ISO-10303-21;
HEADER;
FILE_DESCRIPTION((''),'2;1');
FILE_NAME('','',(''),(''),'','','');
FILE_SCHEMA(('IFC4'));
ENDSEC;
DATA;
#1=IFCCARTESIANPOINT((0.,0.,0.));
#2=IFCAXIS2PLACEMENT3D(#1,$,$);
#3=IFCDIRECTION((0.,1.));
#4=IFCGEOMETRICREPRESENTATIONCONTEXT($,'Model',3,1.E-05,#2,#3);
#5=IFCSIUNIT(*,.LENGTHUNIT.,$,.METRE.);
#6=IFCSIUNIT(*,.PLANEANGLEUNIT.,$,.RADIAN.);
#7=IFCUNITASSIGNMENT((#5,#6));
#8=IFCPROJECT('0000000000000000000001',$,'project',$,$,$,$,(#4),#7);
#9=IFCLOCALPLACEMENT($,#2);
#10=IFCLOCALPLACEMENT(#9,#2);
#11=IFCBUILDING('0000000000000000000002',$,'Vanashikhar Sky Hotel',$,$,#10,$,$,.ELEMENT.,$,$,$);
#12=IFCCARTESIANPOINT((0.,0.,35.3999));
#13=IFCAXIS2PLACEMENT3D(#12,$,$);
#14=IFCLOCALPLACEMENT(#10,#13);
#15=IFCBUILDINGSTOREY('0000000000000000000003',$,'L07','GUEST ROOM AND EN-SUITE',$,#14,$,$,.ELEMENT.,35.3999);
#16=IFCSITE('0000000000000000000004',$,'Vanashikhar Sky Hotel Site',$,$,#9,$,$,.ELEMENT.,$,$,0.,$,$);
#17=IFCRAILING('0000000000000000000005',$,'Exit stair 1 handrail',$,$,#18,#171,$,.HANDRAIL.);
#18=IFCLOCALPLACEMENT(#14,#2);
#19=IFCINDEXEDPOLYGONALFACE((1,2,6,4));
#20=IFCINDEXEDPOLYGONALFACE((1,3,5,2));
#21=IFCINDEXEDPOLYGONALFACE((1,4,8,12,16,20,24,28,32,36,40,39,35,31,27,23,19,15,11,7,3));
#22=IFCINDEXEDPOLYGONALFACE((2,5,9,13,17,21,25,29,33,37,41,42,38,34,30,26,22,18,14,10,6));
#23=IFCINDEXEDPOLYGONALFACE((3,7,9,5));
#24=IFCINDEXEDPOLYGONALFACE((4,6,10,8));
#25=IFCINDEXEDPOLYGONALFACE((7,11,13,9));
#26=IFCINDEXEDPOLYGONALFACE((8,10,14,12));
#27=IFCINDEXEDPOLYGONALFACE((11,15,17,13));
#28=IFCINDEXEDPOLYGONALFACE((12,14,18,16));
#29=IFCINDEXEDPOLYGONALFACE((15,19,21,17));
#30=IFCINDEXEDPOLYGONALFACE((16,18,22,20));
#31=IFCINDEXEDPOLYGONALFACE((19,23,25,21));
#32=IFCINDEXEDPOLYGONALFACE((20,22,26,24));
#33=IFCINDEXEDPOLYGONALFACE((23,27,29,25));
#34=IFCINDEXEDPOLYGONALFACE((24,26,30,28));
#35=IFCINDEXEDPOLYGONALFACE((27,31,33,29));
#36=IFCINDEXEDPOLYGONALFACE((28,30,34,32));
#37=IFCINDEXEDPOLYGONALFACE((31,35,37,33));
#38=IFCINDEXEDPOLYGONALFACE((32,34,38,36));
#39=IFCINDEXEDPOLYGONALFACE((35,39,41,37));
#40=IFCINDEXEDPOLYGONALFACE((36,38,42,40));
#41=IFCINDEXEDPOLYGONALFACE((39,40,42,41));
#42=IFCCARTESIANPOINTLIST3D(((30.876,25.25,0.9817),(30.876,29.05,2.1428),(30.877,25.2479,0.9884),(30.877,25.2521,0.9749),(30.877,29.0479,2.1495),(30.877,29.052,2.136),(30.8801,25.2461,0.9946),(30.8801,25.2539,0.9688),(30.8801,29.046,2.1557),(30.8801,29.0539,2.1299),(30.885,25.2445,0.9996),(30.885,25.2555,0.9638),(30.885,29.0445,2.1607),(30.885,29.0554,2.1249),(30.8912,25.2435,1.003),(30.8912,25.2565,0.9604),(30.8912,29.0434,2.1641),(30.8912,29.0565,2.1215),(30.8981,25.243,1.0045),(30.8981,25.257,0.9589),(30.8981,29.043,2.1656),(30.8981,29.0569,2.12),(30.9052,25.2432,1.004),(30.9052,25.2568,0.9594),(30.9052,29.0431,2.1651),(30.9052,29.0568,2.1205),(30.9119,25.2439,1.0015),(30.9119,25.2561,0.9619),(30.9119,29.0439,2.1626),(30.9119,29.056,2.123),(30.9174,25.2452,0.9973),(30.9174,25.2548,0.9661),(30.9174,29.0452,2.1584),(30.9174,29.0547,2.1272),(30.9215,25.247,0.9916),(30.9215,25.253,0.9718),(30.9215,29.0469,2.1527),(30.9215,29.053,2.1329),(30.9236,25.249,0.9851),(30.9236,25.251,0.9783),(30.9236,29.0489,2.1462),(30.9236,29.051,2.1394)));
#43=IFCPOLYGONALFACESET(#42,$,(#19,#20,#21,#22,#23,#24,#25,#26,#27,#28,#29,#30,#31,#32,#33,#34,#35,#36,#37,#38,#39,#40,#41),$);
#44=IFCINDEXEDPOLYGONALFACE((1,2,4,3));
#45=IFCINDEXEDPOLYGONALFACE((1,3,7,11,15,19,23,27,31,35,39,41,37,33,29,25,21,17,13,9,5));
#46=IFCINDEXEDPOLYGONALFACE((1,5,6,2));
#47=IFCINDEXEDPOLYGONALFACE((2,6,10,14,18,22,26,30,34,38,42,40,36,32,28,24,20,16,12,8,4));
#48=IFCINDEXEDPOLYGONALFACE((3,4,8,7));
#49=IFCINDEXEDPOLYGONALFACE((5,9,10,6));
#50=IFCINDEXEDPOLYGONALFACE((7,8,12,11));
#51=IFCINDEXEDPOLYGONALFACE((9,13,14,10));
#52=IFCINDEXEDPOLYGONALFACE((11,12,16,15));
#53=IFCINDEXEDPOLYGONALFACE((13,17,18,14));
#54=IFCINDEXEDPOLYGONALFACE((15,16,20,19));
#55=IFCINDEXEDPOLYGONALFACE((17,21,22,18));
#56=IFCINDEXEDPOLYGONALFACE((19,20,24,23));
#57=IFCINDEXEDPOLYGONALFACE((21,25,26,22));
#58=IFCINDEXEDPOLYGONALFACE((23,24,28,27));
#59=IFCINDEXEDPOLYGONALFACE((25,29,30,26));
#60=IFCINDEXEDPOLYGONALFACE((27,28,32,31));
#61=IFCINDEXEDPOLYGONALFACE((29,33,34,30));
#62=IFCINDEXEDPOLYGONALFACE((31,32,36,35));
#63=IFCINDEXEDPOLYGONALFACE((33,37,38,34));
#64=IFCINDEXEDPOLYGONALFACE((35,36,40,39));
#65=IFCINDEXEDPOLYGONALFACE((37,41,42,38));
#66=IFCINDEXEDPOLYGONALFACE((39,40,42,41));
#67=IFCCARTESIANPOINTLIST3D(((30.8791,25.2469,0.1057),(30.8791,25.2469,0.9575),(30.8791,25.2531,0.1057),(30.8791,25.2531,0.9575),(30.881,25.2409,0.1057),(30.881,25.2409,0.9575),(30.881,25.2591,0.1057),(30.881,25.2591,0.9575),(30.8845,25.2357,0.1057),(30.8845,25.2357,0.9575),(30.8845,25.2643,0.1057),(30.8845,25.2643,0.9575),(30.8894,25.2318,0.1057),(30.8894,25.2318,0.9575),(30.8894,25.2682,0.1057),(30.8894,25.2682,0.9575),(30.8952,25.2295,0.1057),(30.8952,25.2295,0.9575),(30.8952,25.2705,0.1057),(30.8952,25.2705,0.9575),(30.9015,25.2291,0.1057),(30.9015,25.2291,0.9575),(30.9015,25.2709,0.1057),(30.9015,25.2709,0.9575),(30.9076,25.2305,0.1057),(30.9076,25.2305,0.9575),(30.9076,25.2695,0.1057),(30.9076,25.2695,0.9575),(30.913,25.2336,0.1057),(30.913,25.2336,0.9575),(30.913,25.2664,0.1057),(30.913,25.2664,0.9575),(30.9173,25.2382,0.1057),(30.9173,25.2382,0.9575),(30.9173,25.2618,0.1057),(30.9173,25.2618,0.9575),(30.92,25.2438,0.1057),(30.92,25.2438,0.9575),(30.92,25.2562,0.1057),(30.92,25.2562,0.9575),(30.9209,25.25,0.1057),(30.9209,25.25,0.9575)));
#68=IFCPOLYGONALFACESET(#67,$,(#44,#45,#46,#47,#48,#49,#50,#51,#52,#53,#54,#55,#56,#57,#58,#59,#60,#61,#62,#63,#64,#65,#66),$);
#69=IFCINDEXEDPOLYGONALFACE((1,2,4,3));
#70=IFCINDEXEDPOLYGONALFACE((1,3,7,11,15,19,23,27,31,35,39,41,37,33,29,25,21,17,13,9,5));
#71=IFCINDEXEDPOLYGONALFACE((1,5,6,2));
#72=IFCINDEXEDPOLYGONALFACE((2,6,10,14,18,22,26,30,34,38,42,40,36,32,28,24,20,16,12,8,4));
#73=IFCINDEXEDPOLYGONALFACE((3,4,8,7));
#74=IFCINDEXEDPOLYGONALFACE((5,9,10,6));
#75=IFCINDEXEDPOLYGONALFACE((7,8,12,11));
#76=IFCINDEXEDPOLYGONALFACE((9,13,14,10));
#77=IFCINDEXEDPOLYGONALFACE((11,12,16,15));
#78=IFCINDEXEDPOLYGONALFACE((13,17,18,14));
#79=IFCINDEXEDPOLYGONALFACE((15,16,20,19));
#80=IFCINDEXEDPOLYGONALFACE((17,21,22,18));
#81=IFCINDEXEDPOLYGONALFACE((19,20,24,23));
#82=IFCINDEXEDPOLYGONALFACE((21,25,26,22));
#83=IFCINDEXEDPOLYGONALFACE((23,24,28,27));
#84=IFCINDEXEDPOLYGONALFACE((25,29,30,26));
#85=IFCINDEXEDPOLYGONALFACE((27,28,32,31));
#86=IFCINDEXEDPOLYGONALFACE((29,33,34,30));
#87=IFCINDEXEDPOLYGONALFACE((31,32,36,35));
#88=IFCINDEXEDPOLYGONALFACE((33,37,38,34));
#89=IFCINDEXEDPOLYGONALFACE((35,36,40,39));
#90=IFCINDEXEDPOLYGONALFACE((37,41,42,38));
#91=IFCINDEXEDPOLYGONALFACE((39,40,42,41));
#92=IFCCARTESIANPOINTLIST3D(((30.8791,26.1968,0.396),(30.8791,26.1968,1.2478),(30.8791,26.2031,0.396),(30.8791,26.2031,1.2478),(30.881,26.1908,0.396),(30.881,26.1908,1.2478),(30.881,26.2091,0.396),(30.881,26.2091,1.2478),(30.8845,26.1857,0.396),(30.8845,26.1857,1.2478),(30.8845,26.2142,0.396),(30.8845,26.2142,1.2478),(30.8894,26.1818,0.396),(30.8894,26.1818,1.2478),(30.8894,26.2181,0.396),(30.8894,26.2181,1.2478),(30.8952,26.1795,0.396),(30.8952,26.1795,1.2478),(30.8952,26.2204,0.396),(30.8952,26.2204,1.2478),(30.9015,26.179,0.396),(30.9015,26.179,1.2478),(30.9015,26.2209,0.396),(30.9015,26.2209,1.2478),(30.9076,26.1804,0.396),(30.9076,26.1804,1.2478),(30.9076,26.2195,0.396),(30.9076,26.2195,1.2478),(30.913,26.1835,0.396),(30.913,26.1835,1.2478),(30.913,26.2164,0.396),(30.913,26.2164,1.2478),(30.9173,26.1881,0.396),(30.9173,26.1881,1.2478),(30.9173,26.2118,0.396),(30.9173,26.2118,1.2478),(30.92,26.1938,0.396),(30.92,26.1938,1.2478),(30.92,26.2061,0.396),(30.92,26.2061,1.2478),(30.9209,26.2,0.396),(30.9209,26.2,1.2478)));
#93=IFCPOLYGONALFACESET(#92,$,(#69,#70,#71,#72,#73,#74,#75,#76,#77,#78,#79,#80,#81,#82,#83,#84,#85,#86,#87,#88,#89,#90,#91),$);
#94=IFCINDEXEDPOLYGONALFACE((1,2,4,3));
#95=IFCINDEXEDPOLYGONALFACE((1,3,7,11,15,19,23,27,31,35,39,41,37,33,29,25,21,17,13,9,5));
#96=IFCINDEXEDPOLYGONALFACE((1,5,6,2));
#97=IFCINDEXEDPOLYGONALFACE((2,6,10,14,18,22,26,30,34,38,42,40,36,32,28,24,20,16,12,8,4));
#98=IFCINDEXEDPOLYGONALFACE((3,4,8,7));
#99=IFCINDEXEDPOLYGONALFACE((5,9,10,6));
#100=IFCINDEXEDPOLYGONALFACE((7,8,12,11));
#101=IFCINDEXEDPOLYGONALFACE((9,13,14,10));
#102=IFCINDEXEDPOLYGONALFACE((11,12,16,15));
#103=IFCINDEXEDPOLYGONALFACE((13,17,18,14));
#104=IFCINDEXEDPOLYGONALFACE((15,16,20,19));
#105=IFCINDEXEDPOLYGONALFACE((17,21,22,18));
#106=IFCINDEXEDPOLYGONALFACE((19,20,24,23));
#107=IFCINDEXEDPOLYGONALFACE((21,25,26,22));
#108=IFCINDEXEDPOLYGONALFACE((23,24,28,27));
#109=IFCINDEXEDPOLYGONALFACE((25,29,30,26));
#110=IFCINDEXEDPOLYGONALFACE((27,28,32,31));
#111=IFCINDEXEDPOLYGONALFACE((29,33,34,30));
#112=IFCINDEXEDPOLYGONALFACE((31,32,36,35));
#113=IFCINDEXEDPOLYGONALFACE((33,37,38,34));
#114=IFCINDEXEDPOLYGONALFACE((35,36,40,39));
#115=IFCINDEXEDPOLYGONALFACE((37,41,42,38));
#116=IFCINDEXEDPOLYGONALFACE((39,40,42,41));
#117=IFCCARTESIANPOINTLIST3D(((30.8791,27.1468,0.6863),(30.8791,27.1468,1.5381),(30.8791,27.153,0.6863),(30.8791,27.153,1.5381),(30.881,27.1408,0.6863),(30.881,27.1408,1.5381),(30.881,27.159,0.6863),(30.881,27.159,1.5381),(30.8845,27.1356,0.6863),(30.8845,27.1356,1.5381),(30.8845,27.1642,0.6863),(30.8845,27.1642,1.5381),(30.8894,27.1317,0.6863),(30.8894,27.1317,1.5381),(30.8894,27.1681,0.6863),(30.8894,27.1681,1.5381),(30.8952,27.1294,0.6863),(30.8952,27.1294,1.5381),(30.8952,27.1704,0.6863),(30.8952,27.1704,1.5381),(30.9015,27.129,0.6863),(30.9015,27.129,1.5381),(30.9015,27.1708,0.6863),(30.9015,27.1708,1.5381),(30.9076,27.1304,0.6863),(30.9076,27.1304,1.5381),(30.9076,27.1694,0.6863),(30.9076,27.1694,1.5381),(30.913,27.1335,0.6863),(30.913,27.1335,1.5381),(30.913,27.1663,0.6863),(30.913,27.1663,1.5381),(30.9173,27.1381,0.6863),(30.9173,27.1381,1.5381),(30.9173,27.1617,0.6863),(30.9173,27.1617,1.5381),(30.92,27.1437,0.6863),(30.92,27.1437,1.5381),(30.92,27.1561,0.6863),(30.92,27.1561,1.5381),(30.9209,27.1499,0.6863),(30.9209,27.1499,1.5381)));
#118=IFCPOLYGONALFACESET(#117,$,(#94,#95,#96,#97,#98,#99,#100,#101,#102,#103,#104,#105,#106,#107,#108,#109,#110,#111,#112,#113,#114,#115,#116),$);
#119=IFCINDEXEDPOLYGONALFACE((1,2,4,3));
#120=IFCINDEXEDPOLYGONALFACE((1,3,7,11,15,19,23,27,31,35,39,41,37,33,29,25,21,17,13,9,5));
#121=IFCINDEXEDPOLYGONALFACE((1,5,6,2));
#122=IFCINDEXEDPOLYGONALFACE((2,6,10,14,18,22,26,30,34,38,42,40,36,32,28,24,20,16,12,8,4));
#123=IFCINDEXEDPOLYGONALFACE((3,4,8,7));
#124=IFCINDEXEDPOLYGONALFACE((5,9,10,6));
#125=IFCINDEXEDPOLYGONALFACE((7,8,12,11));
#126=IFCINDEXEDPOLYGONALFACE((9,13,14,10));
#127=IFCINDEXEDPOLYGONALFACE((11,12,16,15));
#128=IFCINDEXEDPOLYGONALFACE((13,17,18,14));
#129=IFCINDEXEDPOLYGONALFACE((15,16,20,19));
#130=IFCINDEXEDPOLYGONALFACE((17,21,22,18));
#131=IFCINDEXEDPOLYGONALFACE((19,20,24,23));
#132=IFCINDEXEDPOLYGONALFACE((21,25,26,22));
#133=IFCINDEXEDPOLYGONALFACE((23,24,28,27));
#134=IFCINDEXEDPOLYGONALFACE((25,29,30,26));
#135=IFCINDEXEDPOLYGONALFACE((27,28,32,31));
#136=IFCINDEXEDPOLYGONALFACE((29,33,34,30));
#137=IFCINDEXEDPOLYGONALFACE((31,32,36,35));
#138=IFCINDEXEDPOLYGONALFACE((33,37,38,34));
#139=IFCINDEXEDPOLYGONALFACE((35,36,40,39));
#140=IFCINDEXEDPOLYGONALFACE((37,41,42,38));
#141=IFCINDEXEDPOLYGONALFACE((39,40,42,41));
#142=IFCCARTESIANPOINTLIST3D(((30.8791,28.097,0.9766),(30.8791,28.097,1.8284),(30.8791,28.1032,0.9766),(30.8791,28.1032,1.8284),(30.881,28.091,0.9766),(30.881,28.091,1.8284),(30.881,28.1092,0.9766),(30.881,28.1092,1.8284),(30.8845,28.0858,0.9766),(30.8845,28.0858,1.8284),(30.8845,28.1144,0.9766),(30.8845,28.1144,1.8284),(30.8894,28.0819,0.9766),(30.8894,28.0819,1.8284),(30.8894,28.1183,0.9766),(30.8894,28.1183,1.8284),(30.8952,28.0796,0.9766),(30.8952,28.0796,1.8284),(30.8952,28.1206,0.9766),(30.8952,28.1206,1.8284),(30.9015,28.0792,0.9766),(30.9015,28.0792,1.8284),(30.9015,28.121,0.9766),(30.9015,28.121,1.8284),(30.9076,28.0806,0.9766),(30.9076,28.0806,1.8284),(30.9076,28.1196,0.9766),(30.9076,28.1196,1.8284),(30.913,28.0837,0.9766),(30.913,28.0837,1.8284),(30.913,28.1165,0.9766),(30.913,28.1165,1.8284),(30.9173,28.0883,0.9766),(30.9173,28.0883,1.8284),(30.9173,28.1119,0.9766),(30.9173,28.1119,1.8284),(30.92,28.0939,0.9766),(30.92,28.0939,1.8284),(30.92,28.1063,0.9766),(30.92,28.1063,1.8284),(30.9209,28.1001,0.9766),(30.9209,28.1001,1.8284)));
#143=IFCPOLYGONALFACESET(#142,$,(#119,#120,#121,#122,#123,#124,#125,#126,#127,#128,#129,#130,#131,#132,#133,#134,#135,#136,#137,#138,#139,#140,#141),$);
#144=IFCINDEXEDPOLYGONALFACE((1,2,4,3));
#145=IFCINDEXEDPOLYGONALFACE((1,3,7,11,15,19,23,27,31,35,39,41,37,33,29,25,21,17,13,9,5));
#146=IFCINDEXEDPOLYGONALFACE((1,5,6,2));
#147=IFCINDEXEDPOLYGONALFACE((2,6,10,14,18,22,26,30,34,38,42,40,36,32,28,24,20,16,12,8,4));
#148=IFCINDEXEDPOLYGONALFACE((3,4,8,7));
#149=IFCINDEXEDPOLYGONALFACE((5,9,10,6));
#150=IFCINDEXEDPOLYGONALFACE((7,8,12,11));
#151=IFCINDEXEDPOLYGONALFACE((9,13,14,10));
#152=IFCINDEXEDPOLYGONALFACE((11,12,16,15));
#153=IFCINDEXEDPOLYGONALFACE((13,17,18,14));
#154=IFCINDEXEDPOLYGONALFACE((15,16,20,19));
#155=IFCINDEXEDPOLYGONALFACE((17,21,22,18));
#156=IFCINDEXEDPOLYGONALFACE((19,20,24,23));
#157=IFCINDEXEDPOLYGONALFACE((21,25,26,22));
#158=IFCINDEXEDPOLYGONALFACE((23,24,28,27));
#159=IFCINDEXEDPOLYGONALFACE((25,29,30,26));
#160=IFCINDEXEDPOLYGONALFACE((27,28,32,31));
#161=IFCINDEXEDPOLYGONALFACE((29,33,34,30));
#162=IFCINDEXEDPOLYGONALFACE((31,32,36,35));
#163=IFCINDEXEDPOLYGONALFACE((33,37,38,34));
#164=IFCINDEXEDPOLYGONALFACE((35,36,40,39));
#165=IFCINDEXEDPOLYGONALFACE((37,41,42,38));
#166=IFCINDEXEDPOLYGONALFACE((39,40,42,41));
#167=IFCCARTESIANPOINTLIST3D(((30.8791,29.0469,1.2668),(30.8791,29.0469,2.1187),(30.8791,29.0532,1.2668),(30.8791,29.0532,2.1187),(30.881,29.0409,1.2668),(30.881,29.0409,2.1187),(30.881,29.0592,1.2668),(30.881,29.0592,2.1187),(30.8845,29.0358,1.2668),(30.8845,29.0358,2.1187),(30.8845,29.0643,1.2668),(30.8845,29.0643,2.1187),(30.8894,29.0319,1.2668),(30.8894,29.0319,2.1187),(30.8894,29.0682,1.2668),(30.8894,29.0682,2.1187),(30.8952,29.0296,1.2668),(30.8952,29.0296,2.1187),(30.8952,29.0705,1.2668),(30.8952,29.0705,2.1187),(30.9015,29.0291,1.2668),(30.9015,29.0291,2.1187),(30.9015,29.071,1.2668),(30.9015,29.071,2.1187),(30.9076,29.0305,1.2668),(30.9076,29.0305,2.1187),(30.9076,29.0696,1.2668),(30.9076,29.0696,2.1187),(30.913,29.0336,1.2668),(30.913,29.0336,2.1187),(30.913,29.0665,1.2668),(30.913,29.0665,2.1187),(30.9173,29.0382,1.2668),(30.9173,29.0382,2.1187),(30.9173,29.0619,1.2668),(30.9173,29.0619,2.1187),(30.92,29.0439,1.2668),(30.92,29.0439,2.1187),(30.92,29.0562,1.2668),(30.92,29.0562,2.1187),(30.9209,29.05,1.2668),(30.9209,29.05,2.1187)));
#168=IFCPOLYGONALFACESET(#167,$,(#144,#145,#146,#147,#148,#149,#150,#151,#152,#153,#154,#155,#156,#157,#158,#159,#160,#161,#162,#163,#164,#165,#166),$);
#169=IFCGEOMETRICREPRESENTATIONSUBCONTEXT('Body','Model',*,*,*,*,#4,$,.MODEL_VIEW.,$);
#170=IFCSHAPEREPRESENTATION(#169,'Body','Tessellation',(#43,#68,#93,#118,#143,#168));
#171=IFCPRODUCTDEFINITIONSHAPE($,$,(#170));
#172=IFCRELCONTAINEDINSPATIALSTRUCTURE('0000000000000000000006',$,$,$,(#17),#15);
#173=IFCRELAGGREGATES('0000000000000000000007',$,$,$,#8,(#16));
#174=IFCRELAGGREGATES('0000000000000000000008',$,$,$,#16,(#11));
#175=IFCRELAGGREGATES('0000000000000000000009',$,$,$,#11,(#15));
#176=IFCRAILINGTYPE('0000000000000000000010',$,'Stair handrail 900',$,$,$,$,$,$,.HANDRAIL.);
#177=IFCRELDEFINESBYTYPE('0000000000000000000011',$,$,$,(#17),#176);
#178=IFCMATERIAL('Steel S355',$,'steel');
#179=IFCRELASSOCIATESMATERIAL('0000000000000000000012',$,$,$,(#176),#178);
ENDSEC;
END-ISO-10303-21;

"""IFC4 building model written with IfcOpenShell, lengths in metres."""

from ifc_helpers import new_model, si_unit, direction, frame, origin, origin_2d, place, context, subcontext, project, spatial, circle, extrude, source, transform, mapped, material, type_object, element, save


model = new_model("IFC4")

# Units and contexts
model_context = context("Model", 3, precision=1e-05, world=origin(), true_north=direction((0.0, 1.0)))
body_context = subcontext(model_context, "Body", "Model", "MODEL_VIEW")
ifc_project = project(units=[si_unit("LENGTHUNIT", "METRE"), si_unit("PLANEANGLEUNIT", "RADIAN")], contexts=[model_context])

# Site, building, storey
site_placement = place(None, origin())
site = spatial("IfcSite", under=ifc_project, at=site_placement, Name="Vanashikhar Sky Hotel Site", CompositionType="ELEMENT", RefElevation=0.0)
building_placement = place(site_placement, origin())
building = spatial("IfcBuilding", under=site, at=building_placement, Name="Vanashikhar Sky Hotel", CompositionType="ELEMENT")
storey_placement = place(building_placement, frame((0.0, 0.0, 35.3999)))
storey = spatial("IfcBuildingStorey", under=building, at=storey_placement, Name="L07", Description="GUEST ROOM AND EN-SUITE", CompositionType="ELEMENT", Elevation=35.3999)

# Railing
ifc_material_1 = material(Name="Steel S355", Category="steel")
railing_type_1 = type_object("IfcRailingType", Name="Stair handrail 900", PredefinedType="HANDRAIL", material=ifc_material_1)
shared_shape_1 = source(origin(), body_context, "Body", "SweptSolid", [
    extrude(circle(Radius=0.0239, at=origin_2d()), frame((0.0, 0.0, 0.876), z_axis=(0.0, 0.956351, 0.29222), x_axis=(-1.0, 0.0, 0.0)), (0.0, 0.0, 1.0), 3.9734),
    extrude(circle(Radius=0.021, at=origin_2d()), origin(), (0.0, 0.0, 1.0), 0.8518),
    extrude(circle(Radius=0.021, at=origin_2d()), frame((0.0, 0.95, 0.2903)), (0.0, 0.0, 1.0), 0.8518),
    extrude(circle(Radius=0.021, at=origin_2d()), frame((0.0, 1.8999, 0.5806)), (0.0, 0.0, 1.0), 0.8518),
    extrude(circle(Radius=0.021, at=origin_2d()), frame((0.0, 2.8501, 0.8708)), (0.0, 0.0, 1.0), 0.8518),
    extrude(circle(Radius=0.021, at=origin_2d()), frame((0.0, 3.8, 1.1611)), (0.0, 0.0, 1.0), 0.8518),
])
for number, where, name in (
    (1, (30.8999, 25.25, 0.1057), "Exit stair 1 handrail"),
):
    element("IfcRailing", number, at=place(storey_placement, frame(where)), inside=storey, type_object=railing_type_1, Name=name, PredefinedType="HANDRAIL", context=body_context, shape_type="MappedRepresentation", body=[
        mapped(shared_shape_1, transform((0.0, 0.0, 0.0), scale=1.0)),
    ])

save(model, "model.ifc")
